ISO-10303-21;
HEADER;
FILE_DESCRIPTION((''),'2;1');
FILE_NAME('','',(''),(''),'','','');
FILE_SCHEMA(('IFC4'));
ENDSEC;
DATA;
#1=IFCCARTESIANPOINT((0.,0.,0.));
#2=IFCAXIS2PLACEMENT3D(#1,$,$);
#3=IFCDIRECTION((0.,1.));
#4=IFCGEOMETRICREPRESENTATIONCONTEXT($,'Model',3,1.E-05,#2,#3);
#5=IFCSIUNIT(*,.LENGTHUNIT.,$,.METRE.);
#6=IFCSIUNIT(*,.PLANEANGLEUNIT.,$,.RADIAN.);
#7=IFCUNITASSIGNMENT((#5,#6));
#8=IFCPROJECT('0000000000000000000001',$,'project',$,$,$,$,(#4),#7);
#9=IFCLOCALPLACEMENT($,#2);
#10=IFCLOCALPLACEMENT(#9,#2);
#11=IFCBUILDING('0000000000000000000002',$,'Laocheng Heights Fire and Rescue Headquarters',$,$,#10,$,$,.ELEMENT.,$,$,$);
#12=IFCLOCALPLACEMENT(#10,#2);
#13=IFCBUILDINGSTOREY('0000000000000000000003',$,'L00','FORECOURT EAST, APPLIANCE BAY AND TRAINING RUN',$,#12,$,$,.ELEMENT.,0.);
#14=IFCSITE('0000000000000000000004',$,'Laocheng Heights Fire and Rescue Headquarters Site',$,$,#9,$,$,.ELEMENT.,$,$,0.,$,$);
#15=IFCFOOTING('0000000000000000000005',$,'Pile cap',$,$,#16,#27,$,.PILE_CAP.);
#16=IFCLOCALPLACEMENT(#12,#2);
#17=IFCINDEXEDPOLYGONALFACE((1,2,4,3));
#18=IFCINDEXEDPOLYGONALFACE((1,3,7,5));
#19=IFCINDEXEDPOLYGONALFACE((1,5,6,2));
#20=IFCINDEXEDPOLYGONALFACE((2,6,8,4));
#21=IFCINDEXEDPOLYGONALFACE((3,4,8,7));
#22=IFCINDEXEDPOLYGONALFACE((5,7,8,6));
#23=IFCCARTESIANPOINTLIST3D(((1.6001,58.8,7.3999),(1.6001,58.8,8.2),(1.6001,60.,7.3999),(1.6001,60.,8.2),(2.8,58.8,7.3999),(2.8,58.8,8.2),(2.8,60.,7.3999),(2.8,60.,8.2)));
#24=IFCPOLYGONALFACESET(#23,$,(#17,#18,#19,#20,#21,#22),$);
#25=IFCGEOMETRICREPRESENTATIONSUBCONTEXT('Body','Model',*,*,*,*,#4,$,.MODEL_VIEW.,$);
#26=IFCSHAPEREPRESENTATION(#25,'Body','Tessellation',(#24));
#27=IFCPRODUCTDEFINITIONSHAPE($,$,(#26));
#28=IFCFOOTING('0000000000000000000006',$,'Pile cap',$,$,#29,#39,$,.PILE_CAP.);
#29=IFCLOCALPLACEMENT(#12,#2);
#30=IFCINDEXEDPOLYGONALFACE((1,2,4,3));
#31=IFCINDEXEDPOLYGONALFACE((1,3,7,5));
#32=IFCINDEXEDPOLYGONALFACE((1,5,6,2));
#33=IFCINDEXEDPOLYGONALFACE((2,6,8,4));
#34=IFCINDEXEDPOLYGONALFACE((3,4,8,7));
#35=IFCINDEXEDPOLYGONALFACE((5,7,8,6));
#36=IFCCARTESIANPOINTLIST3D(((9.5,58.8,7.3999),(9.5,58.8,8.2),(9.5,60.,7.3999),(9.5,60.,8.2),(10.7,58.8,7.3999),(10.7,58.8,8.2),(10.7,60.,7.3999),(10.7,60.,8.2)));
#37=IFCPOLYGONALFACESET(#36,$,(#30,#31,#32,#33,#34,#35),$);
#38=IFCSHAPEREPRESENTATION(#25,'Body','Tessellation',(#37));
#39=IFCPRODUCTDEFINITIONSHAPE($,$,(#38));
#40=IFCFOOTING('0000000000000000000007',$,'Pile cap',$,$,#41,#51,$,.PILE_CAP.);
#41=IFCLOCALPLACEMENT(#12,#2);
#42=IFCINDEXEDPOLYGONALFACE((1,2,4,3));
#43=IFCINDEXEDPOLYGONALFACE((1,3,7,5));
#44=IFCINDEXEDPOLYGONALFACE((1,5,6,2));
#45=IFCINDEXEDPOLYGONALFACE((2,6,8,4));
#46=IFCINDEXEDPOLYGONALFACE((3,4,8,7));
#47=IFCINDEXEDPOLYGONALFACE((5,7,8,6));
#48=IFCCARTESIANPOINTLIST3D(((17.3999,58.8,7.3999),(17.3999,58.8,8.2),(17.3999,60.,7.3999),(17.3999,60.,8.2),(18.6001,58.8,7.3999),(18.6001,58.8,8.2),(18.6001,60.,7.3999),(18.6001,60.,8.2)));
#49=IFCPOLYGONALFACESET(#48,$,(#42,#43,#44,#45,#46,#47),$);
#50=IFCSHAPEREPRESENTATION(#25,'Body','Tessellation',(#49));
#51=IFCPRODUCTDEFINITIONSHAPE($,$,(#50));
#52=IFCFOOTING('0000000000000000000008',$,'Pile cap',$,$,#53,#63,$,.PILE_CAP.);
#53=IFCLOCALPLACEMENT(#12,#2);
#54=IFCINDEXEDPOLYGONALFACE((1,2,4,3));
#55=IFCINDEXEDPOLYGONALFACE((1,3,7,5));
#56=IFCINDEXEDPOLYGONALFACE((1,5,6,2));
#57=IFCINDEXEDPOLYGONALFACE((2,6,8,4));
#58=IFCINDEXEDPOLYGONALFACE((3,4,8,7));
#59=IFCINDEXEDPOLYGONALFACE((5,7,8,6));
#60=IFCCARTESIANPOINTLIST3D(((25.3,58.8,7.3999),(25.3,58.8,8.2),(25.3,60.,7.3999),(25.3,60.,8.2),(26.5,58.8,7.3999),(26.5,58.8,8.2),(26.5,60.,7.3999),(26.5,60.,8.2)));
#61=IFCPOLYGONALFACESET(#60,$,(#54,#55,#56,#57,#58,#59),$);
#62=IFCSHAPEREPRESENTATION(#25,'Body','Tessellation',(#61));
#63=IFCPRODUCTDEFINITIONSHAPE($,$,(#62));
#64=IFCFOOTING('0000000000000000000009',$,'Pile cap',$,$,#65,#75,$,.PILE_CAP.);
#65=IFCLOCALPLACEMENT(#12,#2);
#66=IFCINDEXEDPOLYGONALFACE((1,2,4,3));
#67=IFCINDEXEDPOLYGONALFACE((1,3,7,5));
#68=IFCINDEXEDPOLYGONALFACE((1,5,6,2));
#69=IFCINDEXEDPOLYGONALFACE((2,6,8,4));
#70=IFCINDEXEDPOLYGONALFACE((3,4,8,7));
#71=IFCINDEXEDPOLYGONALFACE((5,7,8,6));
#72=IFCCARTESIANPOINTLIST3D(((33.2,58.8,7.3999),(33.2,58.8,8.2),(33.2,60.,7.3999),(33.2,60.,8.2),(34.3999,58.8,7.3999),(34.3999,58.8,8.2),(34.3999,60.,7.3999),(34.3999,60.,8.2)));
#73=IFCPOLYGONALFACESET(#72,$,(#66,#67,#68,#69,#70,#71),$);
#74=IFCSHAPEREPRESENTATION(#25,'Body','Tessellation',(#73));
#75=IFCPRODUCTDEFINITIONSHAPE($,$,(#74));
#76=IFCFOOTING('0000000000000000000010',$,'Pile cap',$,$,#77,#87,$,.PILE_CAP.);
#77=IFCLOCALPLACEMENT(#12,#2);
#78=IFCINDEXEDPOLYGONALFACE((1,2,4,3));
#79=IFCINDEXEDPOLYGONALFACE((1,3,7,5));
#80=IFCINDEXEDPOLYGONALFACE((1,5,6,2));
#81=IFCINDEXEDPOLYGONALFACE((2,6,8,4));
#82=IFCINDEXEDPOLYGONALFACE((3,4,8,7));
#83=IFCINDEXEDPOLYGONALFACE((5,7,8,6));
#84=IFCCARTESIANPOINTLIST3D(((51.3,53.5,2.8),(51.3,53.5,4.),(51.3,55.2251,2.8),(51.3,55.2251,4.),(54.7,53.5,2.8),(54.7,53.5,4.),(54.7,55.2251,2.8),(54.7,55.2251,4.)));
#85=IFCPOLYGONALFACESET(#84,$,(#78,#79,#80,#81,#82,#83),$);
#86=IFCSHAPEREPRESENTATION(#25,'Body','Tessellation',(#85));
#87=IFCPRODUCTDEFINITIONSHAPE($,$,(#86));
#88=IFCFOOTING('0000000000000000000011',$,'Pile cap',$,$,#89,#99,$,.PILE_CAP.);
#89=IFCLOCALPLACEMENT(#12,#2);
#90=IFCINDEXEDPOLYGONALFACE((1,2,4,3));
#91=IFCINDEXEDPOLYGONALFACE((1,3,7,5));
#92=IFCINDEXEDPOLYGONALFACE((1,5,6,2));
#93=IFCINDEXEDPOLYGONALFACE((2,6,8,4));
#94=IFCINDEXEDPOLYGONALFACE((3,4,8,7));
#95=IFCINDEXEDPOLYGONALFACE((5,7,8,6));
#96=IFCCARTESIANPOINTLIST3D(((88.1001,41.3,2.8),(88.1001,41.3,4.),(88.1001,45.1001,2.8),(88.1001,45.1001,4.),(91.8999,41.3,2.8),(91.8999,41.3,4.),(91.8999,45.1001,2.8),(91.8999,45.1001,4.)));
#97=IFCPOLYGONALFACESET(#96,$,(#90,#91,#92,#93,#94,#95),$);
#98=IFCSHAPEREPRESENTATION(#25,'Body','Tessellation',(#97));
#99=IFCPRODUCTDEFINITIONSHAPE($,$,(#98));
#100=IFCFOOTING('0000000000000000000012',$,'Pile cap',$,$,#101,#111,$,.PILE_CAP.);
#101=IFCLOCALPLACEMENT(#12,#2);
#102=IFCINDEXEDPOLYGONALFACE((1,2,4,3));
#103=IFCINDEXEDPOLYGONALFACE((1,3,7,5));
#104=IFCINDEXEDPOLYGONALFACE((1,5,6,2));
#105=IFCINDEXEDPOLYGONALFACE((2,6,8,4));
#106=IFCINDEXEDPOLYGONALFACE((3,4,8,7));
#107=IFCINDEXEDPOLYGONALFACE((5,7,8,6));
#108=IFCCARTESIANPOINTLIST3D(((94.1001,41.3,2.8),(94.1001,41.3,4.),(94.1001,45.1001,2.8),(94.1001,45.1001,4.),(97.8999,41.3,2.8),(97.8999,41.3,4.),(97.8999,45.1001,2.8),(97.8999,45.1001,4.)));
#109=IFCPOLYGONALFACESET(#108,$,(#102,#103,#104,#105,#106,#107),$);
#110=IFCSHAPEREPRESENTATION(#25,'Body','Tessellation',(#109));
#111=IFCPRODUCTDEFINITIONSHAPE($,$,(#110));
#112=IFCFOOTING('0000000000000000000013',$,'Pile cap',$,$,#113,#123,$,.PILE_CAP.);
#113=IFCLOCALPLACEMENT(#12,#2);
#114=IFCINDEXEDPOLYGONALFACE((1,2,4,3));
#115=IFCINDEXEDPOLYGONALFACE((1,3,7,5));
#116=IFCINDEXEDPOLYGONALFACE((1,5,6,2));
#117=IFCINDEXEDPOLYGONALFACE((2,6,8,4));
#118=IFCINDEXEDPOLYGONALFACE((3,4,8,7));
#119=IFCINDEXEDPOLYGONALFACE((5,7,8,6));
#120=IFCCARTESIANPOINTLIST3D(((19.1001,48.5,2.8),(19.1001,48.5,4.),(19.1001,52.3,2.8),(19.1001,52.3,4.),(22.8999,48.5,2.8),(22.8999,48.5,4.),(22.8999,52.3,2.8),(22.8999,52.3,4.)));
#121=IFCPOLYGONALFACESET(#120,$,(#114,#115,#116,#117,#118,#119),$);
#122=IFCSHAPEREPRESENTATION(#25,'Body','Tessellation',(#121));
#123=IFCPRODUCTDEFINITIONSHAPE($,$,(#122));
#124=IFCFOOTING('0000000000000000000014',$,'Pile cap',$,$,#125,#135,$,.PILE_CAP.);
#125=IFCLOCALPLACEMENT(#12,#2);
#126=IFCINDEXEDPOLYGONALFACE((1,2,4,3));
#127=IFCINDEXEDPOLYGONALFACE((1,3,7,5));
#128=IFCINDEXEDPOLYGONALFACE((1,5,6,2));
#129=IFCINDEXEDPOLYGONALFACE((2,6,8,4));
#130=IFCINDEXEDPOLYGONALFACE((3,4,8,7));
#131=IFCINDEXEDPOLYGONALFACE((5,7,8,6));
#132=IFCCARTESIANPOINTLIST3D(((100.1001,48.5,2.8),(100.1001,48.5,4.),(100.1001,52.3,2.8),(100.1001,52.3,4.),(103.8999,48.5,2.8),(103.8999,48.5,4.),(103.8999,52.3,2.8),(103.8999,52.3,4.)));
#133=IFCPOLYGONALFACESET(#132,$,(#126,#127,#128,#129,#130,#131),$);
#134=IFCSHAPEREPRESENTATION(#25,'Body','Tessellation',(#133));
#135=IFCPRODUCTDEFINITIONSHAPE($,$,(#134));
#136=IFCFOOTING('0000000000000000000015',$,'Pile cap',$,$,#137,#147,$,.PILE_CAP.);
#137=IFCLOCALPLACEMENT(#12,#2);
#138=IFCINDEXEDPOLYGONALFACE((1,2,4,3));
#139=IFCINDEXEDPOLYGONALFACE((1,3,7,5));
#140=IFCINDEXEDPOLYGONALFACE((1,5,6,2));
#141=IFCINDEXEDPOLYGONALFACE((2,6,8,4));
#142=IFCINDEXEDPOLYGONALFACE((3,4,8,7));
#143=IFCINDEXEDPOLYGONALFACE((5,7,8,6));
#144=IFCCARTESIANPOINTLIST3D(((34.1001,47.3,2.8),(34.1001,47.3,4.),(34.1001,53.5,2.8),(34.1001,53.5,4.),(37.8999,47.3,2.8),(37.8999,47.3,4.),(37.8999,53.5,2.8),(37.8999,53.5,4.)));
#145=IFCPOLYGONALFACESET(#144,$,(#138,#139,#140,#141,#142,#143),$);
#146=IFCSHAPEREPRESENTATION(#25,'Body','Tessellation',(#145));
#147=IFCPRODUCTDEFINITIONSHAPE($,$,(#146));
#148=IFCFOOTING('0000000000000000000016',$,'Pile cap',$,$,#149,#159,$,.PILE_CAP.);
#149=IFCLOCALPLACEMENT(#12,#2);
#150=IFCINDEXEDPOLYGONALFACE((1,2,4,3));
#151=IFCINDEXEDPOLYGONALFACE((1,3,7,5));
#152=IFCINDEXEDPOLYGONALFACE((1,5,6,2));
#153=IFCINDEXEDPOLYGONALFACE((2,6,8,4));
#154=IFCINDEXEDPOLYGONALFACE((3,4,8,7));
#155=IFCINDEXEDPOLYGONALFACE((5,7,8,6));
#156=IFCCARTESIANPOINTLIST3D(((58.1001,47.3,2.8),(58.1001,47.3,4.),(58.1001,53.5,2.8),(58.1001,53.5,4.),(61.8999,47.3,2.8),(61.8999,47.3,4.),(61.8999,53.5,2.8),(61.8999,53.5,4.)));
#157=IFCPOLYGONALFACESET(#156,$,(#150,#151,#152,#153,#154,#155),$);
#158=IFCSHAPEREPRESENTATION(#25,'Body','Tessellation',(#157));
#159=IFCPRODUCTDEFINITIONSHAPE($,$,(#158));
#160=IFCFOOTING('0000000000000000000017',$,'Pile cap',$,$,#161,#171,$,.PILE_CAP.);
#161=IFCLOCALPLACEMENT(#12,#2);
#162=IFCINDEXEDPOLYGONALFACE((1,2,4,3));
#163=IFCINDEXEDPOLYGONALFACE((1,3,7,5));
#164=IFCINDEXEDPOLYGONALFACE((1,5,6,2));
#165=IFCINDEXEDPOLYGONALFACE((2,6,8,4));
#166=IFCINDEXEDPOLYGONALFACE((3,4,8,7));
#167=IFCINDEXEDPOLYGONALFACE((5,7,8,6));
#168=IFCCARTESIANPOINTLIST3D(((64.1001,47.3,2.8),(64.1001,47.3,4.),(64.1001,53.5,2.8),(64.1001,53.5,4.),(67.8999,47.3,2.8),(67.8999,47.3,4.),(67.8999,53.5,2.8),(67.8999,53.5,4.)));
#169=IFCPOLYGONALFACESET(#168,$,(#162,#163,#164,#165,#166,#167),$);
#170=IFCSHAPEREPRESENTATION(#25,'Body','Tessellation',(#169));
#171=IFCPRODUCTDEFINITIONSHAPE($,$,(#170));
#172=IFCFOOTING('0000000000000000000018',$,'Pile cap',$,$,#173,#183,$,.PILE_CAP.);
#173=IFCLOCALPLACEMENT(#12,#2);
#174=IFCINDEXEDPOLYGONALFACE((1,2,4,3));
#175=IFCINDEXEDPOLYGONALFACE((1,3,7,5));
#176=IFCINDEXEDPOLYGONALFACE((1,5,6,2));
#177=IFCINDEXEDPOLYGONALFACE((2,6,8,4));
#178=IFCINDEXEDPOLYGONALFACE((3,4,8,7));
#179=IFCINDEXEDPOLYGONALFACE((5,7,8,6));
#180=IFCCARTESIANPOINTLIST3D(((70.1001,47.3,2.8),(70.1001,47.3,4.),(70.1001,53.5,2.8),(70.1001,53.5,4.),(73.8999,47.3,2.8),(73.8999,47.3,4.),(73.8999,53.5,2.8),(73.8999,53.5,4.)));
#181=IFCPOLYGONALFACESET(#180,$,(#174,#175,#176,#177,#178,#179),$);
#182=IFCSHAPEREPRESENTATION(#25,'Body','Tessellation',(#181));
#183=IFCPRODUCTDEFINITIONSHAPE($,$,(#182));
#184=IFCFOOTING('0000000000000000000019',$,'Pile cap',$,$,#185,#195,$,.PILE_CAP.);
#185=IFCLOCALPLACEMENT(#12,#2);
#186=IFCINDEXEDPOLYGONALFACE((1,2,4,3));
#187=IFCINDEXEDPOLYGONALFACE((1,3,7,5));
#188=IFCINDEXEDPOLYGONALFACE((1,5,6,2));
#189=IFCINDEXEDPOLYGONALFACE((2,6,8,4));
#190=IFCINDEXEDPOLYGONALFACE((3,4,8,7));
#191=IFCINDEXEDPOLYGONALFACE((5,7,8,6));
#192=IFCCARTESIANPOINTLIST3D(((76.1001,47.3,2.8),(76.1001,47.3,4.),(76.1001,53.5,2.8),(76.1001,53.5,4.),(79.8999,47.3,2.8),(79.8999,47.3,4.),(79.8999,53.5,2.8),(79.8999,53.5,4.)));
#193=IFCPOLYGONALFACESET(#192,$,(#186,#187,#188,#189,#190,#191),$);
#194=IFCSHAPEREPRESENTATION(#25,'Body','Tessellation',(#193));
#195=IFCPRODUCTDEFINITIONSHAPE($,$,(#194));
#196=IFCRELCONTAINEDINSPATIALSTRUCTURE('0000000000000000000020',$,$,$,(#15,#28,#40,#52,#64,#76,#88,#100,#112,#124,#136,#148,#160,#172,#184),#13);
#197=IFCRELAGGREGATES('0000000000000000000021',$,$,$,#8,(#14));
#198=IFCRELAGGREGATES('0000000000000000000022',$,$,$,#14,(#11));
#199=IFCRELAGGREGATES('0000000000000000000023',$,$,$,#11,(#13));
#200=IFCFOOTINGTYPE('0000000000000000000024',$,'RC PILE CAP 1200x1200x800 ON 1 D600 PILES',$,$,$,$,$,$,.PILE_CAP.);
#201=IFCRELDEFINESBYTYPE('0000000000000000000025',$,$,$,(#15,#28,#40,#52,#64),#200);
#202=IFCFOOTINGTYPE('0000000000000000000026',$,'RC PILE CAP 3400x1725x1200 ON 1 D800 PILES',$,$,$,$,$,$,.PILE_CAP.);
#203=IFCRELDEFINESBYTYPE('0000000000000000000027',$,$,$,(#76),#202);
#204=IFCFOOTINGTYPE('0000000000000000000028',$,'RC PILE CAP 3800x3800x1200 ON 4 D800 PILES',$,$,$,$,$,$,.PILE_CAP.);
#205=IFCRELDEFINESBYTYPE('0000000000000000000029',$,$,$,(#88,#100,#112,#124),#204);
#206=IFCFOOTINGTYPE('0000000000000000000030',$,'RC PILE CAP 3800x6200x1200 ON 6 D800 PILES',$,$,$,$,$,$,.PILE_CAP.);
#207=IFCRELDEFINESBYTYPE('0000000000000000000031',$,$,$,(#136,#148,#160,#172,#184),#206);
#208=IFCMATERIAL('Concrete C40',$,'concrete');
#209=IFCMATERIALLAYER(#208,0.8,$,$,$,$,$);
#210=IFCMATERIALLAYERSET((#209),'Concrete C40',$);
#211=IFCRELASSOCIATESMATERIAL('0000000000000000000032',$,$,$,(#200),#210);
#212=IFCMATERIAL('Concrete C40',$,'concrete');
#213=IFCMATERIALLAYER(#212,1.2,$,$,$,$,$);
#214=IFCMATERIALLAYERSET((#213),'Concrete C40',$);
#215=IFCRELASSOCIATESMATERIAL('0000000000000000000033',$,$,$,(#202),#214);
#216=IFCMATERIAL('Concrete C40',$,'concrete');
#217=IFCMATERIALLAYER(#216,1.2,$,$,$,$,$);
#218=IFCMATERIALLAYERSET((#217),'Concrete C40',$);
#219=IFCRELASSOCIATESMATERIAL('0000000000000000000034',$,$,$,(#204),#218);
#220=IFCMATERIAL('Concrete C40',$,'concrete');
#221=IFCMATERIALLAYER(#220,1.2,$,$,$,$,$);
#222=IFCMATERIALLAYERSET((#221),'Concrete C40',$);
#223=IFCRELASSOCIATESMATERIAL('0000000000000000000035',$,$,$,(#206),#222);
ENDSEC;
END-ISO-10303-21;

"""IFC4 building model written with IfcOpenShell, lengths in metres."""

from ifc_helpers import new_model, si_unit, direction, frame, origin, place, context, subcontext, project, spatial, polyline, outline, extrude, material, layer, layer_set, type_object, element, save


model = new_model("IFC4")

# Units and contexts
model_context = context("Model", 3, precision=1e-05, world=origin(), true_north=direction((0.0, 1.0)))
body_context = subcontext(model_context, "Body", "Model", "MODEL_VIEW")
ifc_project = project(units=[si_unit("LENGTHUNIT", "METRE"), si_unit("PLANEANGLEUNIT", "RADIAN")], contexts=[model_context])

# Site, building, storey
site_placement = place(None, origin())
site = spatial("IfcSite", under=ifc_project, at=site_placement, Name="Laocheng Heights Fire and Rescue Headquarters Site", CompositionType="ELEMENT", RefElevation=0.0)
building_placement = place(site_placement, origin())
building = spatial("IfcBuilding", under=site, at=building_placement, Name="Laocheng Heights Fire and Rescue Headquarters", CompositionType="ELEMENT")
storey_placement = place(building_placement, origin())
storey = spatial("IfcBuildingStorey", under=building, at=storey_placement, Name="L00", Description="FORECOURT EAST, APPLIANCE BAY AND TRAINING RUN", CompositionType="ELEMENT", Elevation=0.0)

# Footings
ifc_material_1 = material(Name="Concrete C40", Category="concrete")
ifc_layer_1 = layer(ifc_material_1, 0.8)
ifc_layer_set_1 = layer_set([ifc_layer_1], Name="Concrete C40")
footing_type_1 = type_object("IfcFootingType", Name="RC PILE CAP 1200x1200x800 ON 1 D600 PILES", PredefinedType="PILE_CAP", material=ifc_layer_set_1)
footing_1_placement = place(storey_placement, frame((0.0, 0.0, 7.3999)))
element("IfcFooting", 1, at=footing_1_placement, inside=storey, type_object=footing_type_1, Name="Pile cap", PredefinedType="PILE_CAP", context=body_context, shape_type="SweptSolid", body=[
    extrude(outline(polyline([(1.6001, 58.8), (2.8, 58.8), (2.8, 60.0), (1.6001, 60.0), (1.6001, 58.8)])), origin(), (0.0, 0.0, 1.0), 0.8),
])
footing_2_placement = place(storey_placement, frame((0.0, 0.0, 7.3999)))
element("IfcFooting", 2, at=footing_2_placement, inside=storey, type_object=footing_type_1, Name="Pile cap", PredefinedType="PILE_CAP", context=body_context, shape_type="SweptSolid", body=[
    extrude(outline(polyline([(9.5, 58.8), (10.7, 58.8), (10.7, 60.0), (9.5, 60.0), (9.5, 58.8)])), origin(), (0.0, 0.0, 1.0), 0.8),
])
footing_3_placement = place(storey_placement, frame((0.0, 0.0, 7.3999)))
element("IfcFooting", 3, at=footing_3_placement, inside=storey, type_object=footing_type_1, Name="Pile cap", PredefinedType="PILE_CAP", context=body_context, shape_type="SweptSolid", body=[
    extrude(outline(polyline([(17.3999, 58.8), (18.6001, 58.8), (18.6001, 60.0), (17.3999, 60.0), (17.3999, 58.8)])), origin(), (0.0, 0.0, 1.0), 0.8),
])
footing_4_placement = place(storey_placement, frame((0.0, 0.0, 7.3999)))
element("IfcFooting", 4, at=footing_4_placement, inside=storey, type_object=footing_type_1, Name="Pile cap", PredefinedType="PILE_CAP", context=body_context, shape_type="SweptSolid", body=[
    extrude(outline(polyline([(25.3, 58.8), (26.5, 58.8), (26.5, 60.0), (25.3, 60.0), (25.3, 58.8)])), origin(), (0.0, 0.0, 1.0), 0.8),
])
footing_5_placement = place(storey_placement, frame((0.0, 0.0, 7.3999)))
element("IfcFooting", 5, at=footing_5_placement, inside=storey, type_object=footing_type_1, Name="Pile cap", PredefinedType="PILE_CAP", context=body_context, shape_type="SweptSolid", body=[
    extrude(outline(polyline([(33.2, 58.8), (34.3999, 58.8), (34.3999, 60.0), (33.2, 60.0), (33.2, 58.8)])), origin(), (0.0, 0.0, 1.0), 0.8),
])
ifc_material_2 = material(Name="Concrete C40", Category="concrete")
ifc_layer_2 = layer(ifc_material_2, 1.2)
ifc_layer_set_2 = layer_set([ifc_layer_2], Name="Concrete C40")
footing_type_2 = type_object("IfcFootingType", Name="RC PILE CAP 3400x1725x1200 ON 1 D800 PILES", PredefinedType="PILE_CAP", material=ifc_layer_set_2)
footing_6_placement = place(storey_placement, frame((0.0, 0.0, 2.8)))
element("IfcFooting", 6, at=footing_6_placement, inside=storey, type_object=footing_type_2, Name="Pile cap", PredefinedType="PILE_CAP", context=body_context, shape_type="SweptSolid", body=[
    extrude(outline(polyline([(54.7, 53.5), (54.7, 55.2251), (51.3, 55.2251), (51.3, 53.5), (54.7, 53.5)])), origin(), (0.0, 0.0, 1.0), 1.2),
])
ifc_material_3 = material(Name="Concrete C40", Category="concrete")
ifc_layer_3 = layer(ifc_material_3, 1.2)
ifc_layer_set_3 = layer_set([ifc_layer_3], Name="Concrete C40")
footing_type_3 = type_object("IfcFootingType", Name="RC PILE CAP 3800x3800x1200 ON 4 D800 PILES", PredefinedType="PILE_CAP", material=ifc_layer_set_3)
footing_7_placement = place(storey_placement, frame((0.0, 0.0, 2.8)))
element("IfcFooting", 7, at=footing_7_placement, inside=storey, type_object=footing_type_3, Name="Pile cap", PredefinedType="PILE_CAP", context=body_context, shape_type="SweptSolid", body=[
    extrude(outline(polyline([(91.8999, 41.3), (91.8999, 45.1001), (88.1001, 45.1001), (88.1001, 41.3), (91.8999, 41.3)])), origin(), (0.0, 0.0, 1.0), 1.2),
])
footing_8_placement = place(storey_placement, frame((0.0, 0.0, 2.8)))
element("IfcFooting", 8, at=footing_8_placement, inside=storey, type_object=footing_type_3, Name="Pile cap", PredefinedType="PILE_CAP", context=body_context, shape_type="SweptSolid", body=[
    extrude(outline(polyline([(97.8999, 41.3), (97.8999, 45.1001), (94.1001, 45.1001), (94.1001, 41.3), (97.8999, 41.3)])), origin(), (0.0, 0.0, 1.0), 1.2),
])
footing_9_placement = place(storey_placement, frame((0.0, 0.0, 2.8)))
element("IfcFooting", 9, at=footing_9_placement, inside=storey, type_object=footing_type_3, Name="Pile cap", PredefinedType="PILE_CAP", context=body_context, shape_type="SweptSolid", body=[
    extrude(outline(polyline([(22.8999, 48.5), (22.8999, 52.3), (19.1001, 52.3), (19.1001, 48.5), (22.8999, 48.5)])), origin(), (0.0, 0.0, 1.0), 1.2),
])
footing_10_placement = place(storey_placement, frame((0.0, 0.0, 2.8)))
element("IfcFooting", 10, at=footing_10_placement, inside=storey, type_object=footing_type_3, Name="Pile cap", PredefinedType="PILE_CAP", context=body_context, shape_type="SweptSolid", body=[
    extrude(outline(polyline([(103.8999, 48.5), (103.8999, 52.3), (100.1001, 52.3), (100.1001, 48.5), (103.8999, 48.5)])), origin(), (0.0, 0.0, 1.0), 1.2),
])
ifc_material_4 = material(Name="Concrete C40", Category="concrete")
ifc_layer_4 = layer(ifc_material_4, 1.2)
ifc_layer_set_4 = layer_set([ifc_layer_4], Name="Concrete C40")
footing_type_4 = type_object("IfcFootingType", Name="RC PILE CAP 3800x6200x1200 ON 6 D800 PILES", PredefinedType="PILE_CAP", material=ifc_layer_set_4)
footing_11_placement = place(storey_placement, frame((0.0, 0.0, 2.8)))
element("IfcFooting", 11, at=footing_11_placement, inside=storey, type_object=footing_type_4, Name="Pile cap", PredefinedType="PILE_CAP", context=body_context, shape_type="SweptSolid", body=[
    extrude(outline(polyline([(37.8999, 47.3), (37.8999, 53.5), (34.1001, 53.5), (34.1001, 47.3), (37.8999, 47.3)])), origin(), (0.0, 0.0, 1.0), 1.2),
])
footing_12_placement = place(storey_placement, frame((0.0, 0.0, 2.8)))
element("IfcFooting", 12, at=footing_12_placement, inside=storey, type_object=footing_type_4, Name="Pile cap", PredefinedType="PILE_CAP", context=body_context, shape_type="SweptSolid", body=[
    extrude(outline(polyline([(61.8999, 47.3), (61.8999, 53.5), (58.1001, 53.5), (58.1001, 47.3), (61.8999, 47.3)])), origin(), (0.0, 0.0, 1.0), 1.2),
])
footing_13_placement = place(storey_placement, frame((0.0, 0.0, 2.8)))
element("IfcFooting", 13, at=footing_13_placement, inside=storey, type_object=footing_type_4, Name="Pile cap", PredefinedType="PILE_CAP", context=body_context, shape_type="SweptSolid", body=[
    extrude(outline(polyline([(67.8999, 47.3), (67.8999, 53.5), (64.1001, 53.5), (64.1001, 47.3), (67.8999, 47.3)])), origin(), (0.0, 0.0, 1.0), 1.2),
])
footing_14_placement = place(storey_placement, frame((0.0, 0.0, 2.8)))
element("IfcFooting", 14, at=footing_14_placement, inside=storey, type_object=footing_type_4, Name="Pile cap", PredefinedType="PILE_CAP", context=body_context, shape_type="SweptSolid", body=[
    extrude(outline(polyline([(73.8999, 47.3), (73.8999, 53.5), (70.1001, 53.5), (70.1001, 47.3), (73.8999, 47.3)])), origin(), (0.0, 0.0, 1.0), 1.2),
])
footing_15_placement = place(storey_placement, frame((0.0, 0.0, 2.8)))
element("IfcFooting", 15, at=footing_15_placement, inside=storey, type_object=footing_type_4, Name="Pile cap", PredefinedType="PILE_CAP", context=body_context, shape_type="SweptSolid", body=[
    extrude(outline(polyline([(79.8999, 47.3), (79.8999, 53.5), (76.1001, 53.5), (76.1001, 47.3), (79.8999, 47.3)])), origin(), (0.0, 0.0, 1.0), 1.2),
])

save(model, "model.ifc")
